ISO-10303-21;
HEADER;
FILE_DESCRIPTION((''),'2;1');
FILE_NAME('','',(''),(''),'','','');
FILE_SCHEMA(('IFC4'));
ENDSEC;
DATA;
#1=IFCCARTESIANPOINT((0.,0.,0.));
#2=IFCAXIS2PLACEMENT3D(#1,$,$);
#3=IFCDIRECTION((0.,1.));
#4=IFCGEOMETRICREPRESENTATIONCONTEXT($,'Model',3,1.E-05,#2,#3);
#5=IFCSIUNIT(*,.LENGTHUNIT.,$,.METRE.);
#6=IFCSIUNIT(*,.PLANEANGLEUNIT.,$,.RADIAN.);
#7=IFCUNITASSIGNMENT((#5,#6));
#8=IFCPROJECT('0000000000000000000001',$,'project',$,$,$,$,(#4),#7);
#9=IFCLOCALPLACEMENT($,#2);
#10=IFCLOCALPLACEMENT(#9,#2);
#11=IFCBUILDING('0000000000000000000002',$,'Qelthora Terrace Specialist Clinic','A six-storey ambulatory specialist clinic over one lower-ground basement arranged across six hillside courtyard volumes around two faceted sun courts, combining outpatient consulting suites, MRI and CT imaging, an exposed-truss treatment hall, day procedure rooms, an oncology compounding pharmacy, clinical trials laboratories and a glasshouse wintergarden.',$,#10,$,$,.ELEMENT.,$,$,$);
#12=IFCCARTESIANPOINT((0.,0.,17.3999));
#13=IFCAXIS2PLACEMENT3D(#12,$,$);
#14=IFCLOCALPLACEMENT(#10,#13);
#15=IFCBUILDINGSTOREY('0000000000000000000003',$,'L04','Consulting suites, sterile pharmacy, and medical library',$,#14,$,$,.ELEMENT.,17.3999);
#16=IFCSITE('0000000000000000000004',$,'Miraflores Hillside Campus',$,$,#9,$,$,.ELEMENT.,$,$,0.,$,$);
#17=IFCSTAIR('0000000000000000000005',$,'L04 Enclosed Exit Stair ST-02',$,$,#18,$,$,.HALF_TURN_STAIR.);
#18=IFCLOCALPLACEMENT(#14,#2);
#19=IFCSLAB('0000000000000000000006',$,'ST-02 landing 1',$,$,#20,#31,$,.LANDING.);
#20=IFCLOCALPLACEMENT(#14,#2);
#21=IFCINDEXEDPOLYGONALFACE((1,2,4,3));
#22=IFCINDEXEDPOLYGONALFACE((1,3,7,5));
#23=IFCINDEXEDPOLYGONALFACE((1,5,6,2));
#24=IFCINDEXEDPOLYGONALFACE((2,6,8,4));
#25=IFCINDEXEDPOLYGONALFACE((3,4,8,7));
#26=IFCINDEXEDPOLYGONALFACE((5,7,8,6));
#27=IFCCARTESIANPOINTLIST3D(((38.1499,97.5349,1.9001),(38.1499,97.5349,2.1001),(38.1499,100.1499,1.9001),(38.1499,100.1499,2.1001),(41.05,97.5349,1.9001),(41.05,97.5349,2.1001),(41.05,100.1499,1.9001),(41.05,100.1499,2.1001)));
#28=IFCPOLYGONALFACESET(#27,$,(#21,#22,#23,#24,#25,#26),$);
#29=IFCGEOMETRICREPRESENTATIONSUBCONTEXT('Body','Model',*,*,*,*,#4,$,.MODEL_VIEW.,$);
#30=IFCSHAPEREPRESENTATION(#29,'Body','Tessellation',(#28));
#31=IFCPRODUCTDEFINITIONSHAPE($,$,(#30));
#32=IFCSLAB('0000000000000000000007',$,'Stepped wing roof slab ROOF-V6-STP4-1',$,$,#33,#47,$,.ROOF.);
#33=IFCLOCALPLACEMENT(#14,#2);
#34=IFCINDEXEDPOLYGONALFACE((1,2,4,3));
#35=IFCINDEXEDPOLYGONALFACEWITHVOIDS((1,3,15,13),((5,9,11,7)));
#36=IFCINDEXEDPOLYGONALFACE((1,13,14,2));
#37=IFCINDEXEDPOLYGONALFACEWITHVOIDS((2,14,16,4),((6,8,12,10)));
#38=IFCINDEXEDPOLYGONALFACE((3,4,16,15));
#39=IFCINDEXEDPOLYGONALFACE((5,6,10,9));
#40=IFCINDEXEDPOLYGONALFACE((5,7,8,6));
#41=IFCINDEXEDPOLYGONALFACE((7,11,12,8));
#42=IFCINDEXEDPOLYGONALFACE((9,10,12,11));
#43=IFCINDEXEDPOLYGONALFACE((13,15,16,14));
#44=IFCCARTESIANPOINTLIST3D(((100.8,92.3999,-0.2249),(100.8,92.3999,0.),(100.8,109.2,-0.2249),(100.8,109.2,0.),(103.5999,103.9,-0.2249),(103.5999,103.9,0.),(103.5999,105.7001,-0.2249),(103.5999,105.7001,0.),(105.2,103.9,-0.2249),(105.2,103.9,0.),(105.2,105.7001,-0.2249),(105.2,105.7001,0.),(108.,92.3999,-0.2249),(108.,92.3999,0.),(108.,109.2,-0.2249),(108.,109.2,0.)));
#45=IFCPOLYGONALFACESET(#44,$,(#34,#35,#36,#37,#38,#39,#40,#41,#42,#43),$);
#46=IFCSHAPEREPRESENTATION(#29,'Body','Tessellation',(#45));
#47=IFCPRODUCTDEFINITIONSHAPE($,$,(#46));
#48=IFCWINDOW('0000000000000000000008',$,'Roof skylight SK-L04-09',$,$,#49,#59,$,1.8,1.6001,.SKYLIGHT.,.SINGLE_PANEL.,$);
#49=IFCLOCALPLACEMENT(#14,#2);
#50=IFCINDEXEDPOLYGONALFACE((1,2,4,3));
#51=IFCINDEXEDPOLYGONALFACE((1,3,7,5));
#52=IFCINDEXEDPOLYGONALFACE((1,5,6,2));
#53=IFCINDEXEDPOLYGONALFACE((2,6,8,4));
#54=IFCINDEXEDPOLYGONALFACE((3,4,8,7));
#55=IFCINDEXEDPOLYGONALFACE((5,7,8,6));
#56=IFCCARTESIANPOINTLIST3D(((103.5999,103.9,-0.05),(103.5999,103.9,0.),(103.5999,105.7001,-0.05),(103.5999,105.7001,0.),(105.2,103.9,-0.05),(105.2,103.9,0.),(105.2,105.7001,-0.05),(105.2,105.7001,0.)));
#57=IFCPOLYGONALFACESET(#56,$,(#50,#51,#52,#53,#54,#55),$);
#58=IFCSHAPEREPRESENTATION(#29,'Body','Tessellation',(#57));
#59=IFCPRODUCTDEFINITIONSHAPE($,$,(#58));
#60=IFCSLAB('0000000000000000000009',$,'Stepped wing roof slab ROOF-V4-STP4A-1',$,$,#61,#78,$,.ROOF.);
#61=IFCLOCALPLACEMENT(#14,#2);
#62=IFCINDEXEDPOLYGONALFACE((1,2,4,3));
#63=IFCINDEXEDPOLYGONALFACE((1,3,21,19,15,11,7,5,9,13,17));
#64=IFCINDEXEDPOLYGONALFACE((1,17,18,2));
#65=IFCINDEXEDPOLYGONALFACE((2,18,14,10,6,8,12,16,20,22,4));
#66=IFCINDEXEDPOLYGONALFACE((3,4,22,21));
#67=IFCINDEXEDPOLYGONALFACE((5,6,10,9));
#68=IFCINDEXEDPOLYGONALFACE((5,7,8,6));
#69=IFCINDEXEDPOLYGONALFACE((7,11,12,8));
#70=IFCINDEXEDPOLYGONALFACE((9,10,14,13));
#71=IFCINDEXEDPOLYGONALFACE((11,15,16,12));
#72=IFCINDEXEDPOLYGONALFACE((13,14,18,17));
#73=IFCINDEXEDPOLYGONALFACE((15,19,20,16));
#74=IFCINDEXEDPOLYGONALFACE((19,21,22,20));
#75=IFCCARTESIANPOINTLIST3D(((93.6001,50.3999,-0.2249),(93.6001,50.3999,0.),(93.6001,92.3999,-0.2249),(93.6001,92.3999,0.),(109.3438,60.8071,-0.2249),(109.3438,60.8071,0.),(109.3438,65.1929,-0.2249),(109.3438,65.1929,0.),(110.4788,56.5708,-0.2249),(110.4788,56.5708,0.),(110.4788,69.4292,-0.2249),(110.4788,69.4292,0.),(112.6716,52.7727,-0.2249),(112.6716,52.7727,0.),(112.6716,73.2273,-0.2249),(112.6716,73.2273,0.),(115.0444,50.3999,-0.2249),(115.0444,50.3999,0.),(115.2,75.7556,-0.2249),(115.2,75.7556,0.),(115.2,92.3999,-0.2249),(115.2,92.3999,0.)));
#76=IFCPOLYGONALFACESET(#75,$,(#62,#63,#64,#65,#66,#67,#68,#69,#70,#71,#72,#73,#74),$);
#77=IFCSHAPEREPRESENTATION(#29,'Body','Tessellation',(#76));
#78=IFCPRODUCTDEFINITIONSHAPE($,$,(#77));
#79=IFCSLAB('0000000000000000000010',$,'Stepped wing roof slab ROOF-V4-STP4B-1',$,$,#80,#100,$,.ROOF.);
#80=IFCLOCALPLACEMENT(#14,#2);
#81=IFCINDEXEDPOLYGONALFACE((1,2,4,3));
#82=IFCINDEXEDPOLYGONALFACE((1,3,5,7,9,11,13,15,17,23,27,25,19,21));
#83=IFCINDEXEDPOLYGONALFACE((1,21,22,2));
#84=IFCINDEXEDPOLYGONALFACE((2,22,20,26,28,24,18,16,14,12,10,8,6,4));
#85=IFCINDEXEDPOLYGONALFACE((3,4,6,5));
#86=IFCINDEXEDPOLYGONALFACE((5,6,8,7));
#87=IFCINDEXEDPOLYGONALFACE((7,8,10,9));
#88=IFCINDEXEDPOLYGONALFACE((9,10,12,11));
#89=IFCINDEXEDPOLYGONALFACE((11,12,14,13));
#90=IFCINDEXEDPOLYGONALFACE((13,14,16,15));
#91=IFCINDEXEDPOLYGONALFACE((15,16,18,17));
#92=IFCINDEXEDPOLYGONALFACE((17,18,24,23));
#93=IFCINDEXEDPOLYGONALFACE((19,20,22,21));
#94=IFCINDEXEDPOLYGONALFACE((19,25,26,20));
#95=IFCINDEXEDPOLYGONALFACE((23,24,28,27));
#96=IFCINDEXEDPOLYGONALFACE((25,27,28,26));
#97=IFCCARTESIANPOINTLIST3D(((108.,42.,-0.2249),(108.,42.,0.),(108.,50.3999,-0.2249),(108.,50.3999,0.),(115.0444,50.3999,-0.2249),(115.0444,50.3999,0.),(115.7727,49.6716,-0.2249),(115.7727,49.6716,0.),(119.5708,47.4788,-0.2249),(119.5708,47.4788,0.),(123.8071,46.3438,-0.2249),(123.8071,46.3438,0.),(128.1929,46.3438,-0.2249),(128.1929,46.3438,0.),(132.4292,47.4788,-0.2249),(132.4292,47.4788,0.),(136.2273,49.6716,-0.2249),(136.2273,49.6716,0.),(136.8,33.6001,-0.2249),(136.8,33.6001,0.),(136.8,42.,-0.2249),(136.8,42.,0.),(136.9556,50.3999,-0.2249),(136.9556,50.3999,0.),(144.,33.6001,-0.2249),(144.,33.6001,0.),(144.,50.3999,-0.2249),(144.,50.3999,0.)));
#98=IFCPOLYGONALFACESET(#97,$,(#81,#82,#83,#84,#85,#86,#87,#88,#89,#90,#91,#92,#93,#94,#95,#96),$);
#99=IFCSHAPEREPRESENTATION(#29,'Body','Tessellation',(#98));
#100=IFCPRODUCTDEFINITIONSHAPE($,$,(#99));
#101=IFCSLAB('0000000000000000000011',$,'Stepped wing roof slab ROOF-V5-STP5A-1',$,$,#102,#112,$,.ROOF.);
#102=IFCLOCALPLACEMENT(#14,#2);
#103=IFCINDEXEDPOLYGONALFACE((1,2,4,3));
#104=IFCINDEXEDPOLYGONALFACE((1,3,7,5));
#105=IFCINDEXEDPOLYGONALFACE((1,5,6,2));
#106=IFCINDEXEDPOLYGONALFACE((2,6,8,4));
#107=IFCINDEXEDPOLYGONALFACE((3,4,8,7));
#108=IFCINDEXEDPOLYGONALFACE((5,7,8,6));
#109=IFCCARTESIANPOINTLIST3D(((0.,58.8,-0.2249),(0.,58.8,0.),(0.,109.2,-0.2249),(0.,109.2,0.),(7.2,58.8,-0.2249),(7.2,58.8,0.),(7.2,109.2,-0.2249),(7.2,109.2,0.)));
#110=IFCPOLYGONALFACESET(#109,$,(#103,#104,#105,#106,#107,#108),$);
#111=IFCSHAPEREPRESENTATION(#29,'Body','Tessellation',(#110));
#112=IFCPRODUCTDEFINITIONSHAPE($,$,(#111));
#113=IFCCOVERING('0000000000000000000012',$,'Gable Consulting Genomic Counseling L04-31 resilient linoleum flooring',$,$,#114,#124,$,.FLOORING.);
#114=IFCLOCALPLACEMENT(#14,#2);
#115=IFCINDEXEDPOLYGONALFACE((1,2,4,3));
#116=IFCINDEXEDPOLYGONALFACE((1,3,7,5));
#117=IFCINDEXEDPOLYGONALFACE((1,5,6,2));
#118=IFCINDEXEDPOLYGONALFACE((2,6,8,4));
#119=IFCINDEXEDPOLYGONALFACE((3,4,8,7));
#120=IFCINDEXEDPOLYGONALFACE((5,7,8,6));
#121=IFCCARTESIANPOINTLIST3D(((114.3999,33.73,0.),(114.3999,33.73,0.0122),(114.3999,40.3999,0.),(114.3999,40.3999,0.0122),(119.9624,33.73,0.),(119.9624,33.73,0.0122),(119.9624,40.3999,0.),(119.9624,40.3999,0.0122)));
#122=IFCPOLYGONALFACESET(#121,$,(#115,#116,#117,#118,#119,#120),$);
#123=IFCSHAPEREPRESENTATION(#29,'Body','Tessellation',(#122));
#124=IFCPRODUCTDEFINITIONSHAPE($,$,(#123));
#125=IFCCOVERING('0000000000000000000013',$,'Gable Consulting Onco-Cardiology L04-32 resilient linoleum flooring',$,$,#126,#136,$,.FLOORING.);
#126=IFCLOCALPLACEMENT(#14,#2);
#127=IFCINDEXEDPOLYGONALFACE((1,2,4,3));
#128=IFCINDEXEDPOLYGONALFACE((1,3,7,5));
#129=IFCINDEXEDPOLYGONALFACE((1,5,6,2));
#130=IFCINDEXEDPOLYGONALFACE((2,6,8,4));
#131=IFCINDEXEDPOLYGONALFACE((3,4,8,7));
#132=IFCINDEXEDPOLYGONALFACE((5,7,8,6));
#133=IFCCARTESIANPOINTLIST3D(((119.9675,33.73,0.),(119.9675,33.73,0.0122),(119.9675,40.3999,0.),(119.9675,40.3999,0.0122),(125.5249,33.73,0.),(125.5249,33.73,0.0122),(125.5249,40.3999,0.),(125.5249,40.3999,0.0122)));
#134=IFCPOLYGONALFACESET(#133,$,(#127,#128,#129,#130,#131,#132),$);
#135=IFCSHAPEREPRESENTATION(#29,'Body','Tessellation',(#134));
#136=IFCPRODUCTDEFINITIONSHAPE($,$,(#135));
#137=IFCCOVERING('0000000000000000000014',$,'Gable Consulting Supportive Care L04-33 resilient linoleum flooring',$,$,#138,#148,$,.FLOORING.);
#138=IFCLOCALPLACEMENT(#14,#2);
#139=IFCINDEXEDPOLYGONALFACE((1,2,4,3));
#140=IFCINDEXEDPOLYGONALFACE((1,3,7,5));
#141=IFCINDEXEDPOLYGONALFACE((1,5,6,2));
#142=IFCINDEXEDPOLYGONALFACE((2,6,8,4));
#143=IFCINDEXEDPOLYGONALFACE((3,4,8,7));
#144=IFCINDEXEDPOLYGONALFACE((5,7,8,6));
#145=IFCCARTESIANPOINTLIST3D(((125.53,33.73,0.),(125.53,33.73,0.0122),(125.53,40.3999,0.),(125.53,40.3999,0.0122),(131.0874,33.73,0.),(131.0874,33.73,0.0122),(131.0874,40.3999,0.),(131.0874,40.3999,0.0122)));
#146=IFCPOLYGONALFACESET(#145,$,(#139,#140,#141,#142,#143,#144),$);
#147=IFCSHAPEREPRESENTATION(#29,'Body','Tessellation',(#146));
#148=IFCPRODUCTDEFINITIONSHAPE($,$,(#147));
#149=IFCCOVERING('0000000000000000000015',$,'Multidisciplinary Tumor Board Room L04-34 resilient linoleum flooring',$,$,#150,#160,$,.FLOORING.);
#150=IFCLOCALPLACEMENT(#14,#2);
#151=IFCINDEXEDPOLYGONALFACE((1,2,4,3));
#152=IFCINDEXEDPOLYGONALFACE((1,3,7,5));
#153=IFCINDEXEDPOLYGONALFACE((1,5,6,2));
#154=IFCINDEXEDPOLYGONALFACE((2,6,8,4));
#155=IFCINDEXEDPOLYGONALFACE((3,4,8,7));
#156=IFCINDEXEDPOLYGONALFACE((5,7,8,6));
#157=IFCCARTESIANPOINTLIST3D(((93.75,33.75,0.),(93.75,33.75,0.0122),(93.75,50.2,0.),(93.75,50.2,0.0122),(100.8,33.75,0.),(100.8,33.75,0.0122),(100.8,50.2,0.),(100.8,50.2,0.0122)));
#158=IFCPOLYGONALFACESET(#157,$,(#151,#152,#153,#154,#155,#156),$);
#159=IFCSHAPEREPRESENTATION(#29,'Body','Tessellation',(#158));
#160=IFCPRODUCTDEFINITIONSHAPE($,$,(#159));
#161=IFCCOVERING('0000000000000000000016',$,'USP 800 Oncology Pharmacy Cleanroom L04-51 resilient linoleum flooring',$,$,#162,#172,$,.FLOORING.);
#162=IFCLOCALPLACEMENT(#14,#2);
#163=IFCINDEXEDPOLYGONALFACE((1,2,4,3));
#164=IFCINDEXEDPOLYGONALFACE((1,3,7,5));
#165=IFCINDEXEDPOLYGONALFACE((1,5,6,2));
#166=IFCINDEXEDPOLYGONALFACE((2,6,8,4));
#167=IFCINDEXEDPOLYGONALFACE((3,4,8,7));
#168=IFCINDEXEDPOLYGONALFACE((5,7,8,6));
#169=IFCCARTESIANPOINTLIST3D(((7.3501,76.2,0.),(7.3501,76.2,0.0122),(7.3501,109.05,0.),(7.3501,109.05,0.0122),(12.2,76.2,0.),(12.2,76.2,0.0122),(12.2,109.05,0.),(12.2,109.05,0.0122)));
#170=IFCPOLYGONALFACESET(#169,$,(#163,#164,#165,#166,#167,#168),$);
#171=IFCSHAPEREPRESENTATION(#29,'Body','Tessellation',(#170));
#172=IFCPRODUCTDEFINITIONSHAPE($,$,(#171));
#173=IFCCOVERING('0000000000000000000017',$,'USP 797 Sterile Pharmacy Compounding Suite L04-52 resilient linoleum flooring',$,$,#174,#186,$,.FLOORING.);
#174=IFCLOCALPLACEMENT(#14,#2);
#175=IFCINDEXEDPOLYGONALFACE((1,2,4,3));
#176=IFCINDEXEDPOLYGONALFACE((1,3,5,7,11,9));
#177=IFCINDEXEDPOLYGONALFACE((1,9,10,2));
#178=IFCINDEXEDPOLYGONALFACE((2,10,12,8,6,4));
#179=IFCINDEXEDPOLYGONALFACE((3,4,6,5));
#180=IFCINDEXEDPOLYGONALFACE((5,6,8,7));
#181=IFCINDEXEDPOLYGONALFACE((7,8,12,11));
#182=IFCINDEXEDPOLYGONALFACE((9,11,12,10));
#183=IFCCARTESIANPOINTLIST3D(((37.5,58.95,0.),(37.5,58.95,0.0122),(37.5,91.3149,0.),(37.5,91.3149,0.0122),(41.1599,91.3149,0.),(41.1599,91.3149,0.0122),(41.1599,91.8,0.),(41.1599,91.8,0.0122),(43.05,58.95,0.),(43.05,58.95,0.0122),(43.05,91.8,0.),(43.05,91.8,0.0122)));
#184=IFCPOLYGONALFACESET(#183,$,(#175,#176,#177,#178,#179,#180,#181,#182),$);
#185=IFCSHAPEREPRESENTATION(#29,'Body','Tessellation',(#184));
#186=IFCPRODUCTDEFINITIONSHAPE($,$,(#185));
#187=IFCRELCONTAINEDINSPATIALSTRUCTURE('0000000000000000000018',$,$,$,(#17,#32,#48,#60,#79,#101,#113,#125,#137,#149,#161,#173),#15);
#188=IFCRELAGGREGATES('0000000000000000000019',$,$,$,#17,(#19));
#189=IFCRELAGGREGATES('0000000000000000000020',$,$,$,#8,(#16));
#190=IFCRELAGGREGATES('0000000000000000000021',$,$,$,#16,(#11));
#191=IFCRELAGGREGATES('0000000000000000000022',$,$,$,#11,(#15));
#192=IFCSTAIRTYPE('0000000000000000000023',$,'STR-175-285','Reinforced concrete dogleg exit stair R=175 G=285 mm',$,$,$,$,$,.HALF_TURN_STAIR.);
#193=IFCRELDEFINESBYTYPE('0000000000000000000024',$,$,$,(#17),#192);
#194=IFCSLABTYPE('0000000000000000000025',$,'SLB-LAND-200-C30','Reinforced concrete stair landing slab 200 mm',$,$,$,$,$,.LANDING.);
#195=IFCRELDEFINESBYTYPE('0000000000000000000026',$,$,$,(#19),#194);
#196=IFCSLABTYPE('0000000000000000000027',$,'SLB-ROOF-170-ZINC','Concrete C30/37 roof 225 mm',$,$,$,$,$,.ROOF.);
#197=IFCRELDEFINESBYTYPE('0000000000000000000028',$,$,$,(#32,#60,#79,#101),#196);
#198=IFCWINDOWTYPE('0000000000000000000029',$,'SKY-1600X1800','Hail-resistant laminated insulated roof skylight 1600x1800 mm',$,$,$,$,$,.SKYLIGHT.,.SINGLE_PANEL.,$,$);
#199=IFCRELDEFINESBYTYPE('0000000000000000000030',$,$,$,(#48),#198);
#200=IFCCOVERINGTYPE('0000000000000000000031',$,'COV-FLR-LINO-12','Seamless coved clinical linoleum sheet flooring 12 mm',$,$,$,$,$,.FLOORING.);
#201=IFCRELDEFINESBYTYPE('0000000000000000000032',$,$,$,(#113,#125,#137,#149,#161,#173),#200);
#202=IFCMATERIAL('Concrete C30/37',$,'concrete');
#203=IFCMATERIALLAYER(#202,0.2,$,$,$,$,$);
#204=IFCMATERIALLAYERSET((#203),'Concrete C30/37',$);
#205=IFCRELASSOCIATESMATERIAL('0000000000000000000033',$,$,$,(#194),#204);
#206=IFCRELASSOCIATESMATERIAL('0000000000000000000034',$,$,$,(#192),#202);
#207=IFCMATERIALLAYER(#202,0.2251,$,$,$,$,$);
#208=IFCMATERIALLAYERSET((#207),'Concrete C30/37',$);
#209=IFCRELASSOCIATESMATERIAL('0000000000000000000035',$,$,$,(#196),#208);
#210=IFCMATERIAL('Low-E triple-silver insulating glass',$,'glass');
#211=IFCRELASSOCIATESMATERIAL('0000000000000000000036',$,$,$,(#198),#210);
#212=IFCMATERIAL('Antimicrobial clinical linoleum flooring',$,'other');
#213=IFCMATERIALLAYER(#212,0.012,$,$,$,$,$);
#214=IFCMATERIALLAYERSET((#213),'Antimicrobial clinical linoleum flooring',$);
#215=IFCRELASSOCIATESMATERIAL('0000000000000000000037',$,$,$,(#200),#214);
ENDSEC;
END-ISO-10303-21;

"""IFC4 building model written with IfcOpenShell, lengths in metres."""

from ifc_helpers import new_model, si_unit, direction, frame, origin, origin_2d, place, context, subcontext, project, spatial, polyline, rectangle, outline, extrude, material, layer, layer_set, type_object, element, fill, aggregate, save


model = new_model("IFC4")

# Units and contexts
model_context = context("Model", 3, precision=1e-05, world=origin(), true_north=direction((0.0, 1.0)))
body_context = subcontext(model_context, "Body", "Model", "MODEL_VIEW")
ifc_project = project(units=[si_unit("LENGTHUNIT", "METRE"), si_unit("PLANEANGLEUNIT", "RADIAN")], contexts=[model_context])

# Site, building, storey
site_placement = place(None, origin())
site = spatial("IfcSite", under=ifc_project, at=site_placement, Name="Miraflores Hillside Campus", CompositionType="ELEMENT", RefElevation=0.0)
building_placement = place(site_placement, origin())
building = spatial("IfcBuilding", under=site, at=building_placement, Name="Qelthora Terrace Specialist Clinic", Description="A six-storey ambulatory specialist clinic over one lower-ground basement arranged across six hillside courtyard volumes around two faceted sun courts, combining outpatient consulting suites, MRI and CT imaging, an exposed-truss treatment hall, day procedure rooms, an oncology compounding pharmacy, clinical trials laboratories and a glasshouse wintergarden.", CompositionType="ELEMENT")
storey_placement = place(building_placement, frame((0.0, 0.0, 17.3999)))
storey = spatial("IfcBuildingStorey", under=building, at=storey_placement, Name="L04", Description="Consulting suites, sterile pharmacy, and medical library", CompositionType="ELEMENT", Elevation=17.3999)

# Shared definitions
ifc_material_1 = material(Name="Concrete C30/37", Category="concrete")

# Stair, slab
ifc_layer_1 = layer(ifc_material_1, 0.2)
ifc_layer_set_1 = layer_set([ifc_layer_1], Name="Concrete C30/37")
slab_type_1 = type_object("IfcSlabType", Name="SLB-LAND-200-C30", Description="Reinforced concrete stair landing slab 200 mm", PredefinedType="LANDING", material=ifc_layer_set_1)
stair_type_1 = type_object("IfcStairType", Name="STR-175-285", Description="Reinforced concrete dogleg exit stair R=175 G=285 mm", PredefinedType="HALF_TURN_STAIR", material=ifc_material_1)
stair_1_placement = place(storey_placement, origin())
stair_1 = element("IfcStair", 1, at=stair_1_placement, inside=storey, type_object=stair_type_1, Name="L04 Enclosed Exit Stair ST-02", PredefinedType="HALF_TURN_STAIR")
slab_1_placement = place(storey_placement, frame((0.0, 0.0, 1.9001)))
slab_1 = element("IfcSlab", 2, at=slab_1_placement, type_object=slab_type_1, Name="ST-02 landing 1", PredefinedType="LANDING", context=body_context, shape_type="SweptSolid", body=[
    extrude(outline(polyline([(41.05, 97.5349), (41.05, 100.1499), (38.1499, 100.1499), (38.1499, 97.5349), (41.05, 97.5349)])), origin(), (0.0, 0.0, 1.0), 0.2),
])
aggregate(stair_1, [slab_1])

# Slab, opening, window
ifc_layer_2 = layer(ifc_material_1, 0.2251)
ifc_layer_set_2 = layer_set([ifc_layer_2], Name="Concrete C30/37")
slab_type_2 = type_object("IfcSlabType", Name="SLB-ROOF-170-ZINC", Description="Concrete C30/37 roof 225 mm", PredefinedType="ROOF", material=ifc_layer_set_2)
slab_2_placement = place(storey_placement, frame((0.0, 0.0, -0.2249)))
slab_2 = element("IfcSlab", 3, at=slab_2_placement, inside=storey, type_object=slab_type_2, Name="Stepped wing roof slab ROOF-V6-STP4-1", PredefinedType="ROOF", context=body_context, shape_type="SweptSolid", body=[
    extrude(outline(polyline([(108.0, 109.2), (108.0, 92.3999), (100.8, 92.3999), (100.8, 109.2), (108.0, 109.2)])), origin(), (0.0, 0.0, 1.0), 0.2249),
])
opening_placement = place(slab_2_placement, frame((104.3999, 104.8, 0.0)))
opening = element("IfcOpeningElement", 4, at=opening_placement, cuts=slab_2, PredefinedType="OPENING", context=body_context, shape_type="SweptSolid", body=[
    extrude(rectangle(XDim=1.6001, YDim=1.8, at=origin_2d()), frame((0.0, 0.0, -0.01)), (0.0, 0.0, 1.0), 0.2449),
])
ifc_material_2 = material(Name="Low-E triple-silver insulating glass", Category="glass")
window_type = type_object("IfcWindowType", Name="SKY-1600X1800", Description="Hail-resistant laminated insulated roof skylight 1600x1800 mm", PartitioningType="SINGLE_PANEL", PredefinedType="SKYLIGHT", material=ifc_material_2)
window_placement = place(opening_placement, frame((0.0, 0.0, 0.1748)))
window = element("IfcWindow", 5, at=window_placement, inside=storey, type_object=window_type, Name="Roof skylight SK-L04-09", OverallHeight=1.8, OverallWidth=1.6001, PartitioningType="SINGLE_PANEL", PredefinedType="SKYLIGHT", context=body_context, shape_type="SweptSolid", body=[
    extrude(rectangle(XDim=1.6001, YDim=1.8, at=origin_2d()), origin(), (0.0, 0.0, 1.0), 0.05),
])
fill(opening, window)

# Slabs
slab_3_placement = place(storey_placement, frame((0.0, 0.0, -0.2249)))
element("IfcSlab", 6, at=slab_3_placement, inside=storey, type_object=slab_type_2, Name="Stepped wing roof slab ROOF-V4-STP4A-1", PredefinedType="ROOF", context=body_context, shape_type="SweptSolid", body=[
    extrude(outline(polyline([(93.6001, 92.3999), (115.2, 92.3999), (115.2, 75.7556), (112.6716, 73.2273), (110.4788, 69.4292), (109.3438, 65.1929), (109.3438, 60.8071), (110.4788, 56.5708), (112.6716, 52.7727), (115.0444, 50.3999), (93.6001, 50.3999), (93.6001, 92.3999)])), origin(), (0.0, 0.0, 1.0), 0.2249),
])
slab_4_placement = place(storey_placement, frame((0.0, 0.0, -0.2249)))
element("IfcSlab", 7, at=slab_4_placement, inside=storey, type_object=slab_type_2, Name="Stepped wing roof slab ROOF-V4-STP4B-1", PredefinedType="ROOF", context=body_context, shape_type="SweptSolid", body=[
    extrude(outline(polyline([(136.8, 33.6001), (136.8, 42.0), (108.0, 42.0), (108.0, 50.3999), (115.0444, 50.3999), (115.7727, 49.6716), (119.5708, 47.4788), (123.8071, 46.3438), (128.1929, 46.3438), (132.4292, 47.4788), (136.2273, 49.6716), (136.9556, 50.3999), (144.0, 50.3999), (144.0, 33.6001), (136.8, 33.6001)])), origin(), (0.0, 0.0, 1.0), 0.2249),
])
slab_5_placement = place(storey_placement, frame((0.0, 0.0, -0.2249)))
element("IfcSlab", 8, at=slab_5_placement, inside=storey, type_object=slab_type_2, Name="Stepped wing roof slab ROOF-V5-STP5A-1", PredefinedType="ROOF", context=body_context, shape_type="SweptSolid", body=[
    extrude(outline(polyline([(7.2, 109.2), (7.2, 58.8), (0.0, 58.8), (0.0, 109.2), (7.2, 109.2)])), origin(), (0.0, 0.0, 1.0), 0.2249),
])

# Coverings
ifc_material_3 = material(Name="Antimicrobial clinical linoleum flooring", Category="other")
ifc_layer_3 = layer(ifc_material_3, 0.012)
ifc_layer_set_3 = layer_set([ifc_layer_3], Name="Antimicrobial clinical linoleum flooring")
covering_type_1 = type_object("IfcCoveringType", Name="COV-FLR-LINO-12", Description="Seamless coved clinical linoleum sheet flooring 12 mm", PredefinedType="FLOORING", material=ifc_layer_set_3)
covering_1_placement = place(storey_placement, origin())
element("IfcCovering", 9, at=covering_1_placement, inside=storey, type_object=covering_type_1, Name="Gable Consulting Genomic Counseling L04-31 resilient linoleum flooring", PredefinedType="FLOORING", context=body_context, shape_type="SweptSolid", body=[
    extrude(outline(polyline([(114.3999, 33.73), (114.3999, 40.3999), (119.9624, 40.3999), (119.9624, 33.73), (114.3999, 33.73)])), origin(), (0.0, 0.0, 1.0), 0.0122),
])
covering_2_placement = place(storey_placement, origin())
element("IfcCovering", 10, at=covering_2_placement, inside=storey, type_object=covering_type_1, Name="Gable Consulting Onco-Cardiology L04-32 resilient linoleum flooring", PredefinedType="FLOORING", context=body_context, shape_type="SweptSolid", body=[
    extrude(outline(polyline([(119.9675, 40.3999), (125.5249, 40.3999), (125.5249, 33.73), (119.9675, 33.73), (119.9675, 40.3999)])), origin(), (0.0, 0.0, 1.0), 0.0122),
])
covering_3_placement = place(storey_placement, origin())
element("IfcCovering", 11, at=covering_3_placement, inside=storey, type_object=covering_type_1, Name="Gable Consulting Supportive Care L04-33 resilient linoleum flooring", PredefinedType="FLOORING", context=body_context, shape_type="SweptSolid", body=[
    extrude(outline(polyline([(125.53, 40.3999), (131.0874, 40.3999), (131.0874, 33.73), (125.53, 33.73), (125.53, 40.3999)])), origin(), (0.0, 0.0, 1.0), 0.0122),
])
covering_4_placement = place(storey_placement, origin())
element("IfcCovering", 12, at=covering_4_placement, inside=storey, type_object=covering_type_1, Name="Multidisciplinary Tumor Board Room L04-34 resilient linoleum flooring", PredefinedType="FLOORING", context=body_context, shape_type="SweptSolid", body=[
    extrude(outline(polyline([(93.75, 33.75), (93.75, 50.2), (100.8, 50.2), (100.8, 33.75), (93.75, 33.75)])), origin(), (0.0, 0.0, 1.0), 0.0122),
])
covering_5_placement = place(storey_placement, origin())
element("IfcCovering", 13, at=covering_5_placement, inside=storey, type_object=covering_type_1, Name="USP 800 Oncology Pharmacy Cleanroom L04-51 resilient linoleum flooring", PredefinedType="FLOORING", context=body_context, shape_type="SweptSolid", body=[
    extrude(outline(polyline([(7.3501, 76.2), (7.3501, 109.05), (12.2, 109.05), (12.2, 76.2), (7.3501, 76.2)])), origin(), (0.0, 0.0, 1.0), 0.0122),
])
covering_6_placement = place(storey_placement, origin())
element("IfcCovering", 14, at=covering_6_placement, inside=storey, type_object=covering_type_1, Name="USP 797 Sterile Pharmacy Compounding Suite L04-52 resilient linoleum flooring", PredefinedType="FLOORING", context=body_context, shape_type="SweptSolid", body=[
    extrude(outline(polyline([(41.1599, 91.3149), (41.1599, 91.8), (43.05, 91.8), (43.05, 58.95), (37.5, 58.95), (37.5, 91.3149), (41.1599, 91.3149)])), origin(), (0.0, 0.0, 1.0), 0.0122),
])

save(model, "model.ifc")
